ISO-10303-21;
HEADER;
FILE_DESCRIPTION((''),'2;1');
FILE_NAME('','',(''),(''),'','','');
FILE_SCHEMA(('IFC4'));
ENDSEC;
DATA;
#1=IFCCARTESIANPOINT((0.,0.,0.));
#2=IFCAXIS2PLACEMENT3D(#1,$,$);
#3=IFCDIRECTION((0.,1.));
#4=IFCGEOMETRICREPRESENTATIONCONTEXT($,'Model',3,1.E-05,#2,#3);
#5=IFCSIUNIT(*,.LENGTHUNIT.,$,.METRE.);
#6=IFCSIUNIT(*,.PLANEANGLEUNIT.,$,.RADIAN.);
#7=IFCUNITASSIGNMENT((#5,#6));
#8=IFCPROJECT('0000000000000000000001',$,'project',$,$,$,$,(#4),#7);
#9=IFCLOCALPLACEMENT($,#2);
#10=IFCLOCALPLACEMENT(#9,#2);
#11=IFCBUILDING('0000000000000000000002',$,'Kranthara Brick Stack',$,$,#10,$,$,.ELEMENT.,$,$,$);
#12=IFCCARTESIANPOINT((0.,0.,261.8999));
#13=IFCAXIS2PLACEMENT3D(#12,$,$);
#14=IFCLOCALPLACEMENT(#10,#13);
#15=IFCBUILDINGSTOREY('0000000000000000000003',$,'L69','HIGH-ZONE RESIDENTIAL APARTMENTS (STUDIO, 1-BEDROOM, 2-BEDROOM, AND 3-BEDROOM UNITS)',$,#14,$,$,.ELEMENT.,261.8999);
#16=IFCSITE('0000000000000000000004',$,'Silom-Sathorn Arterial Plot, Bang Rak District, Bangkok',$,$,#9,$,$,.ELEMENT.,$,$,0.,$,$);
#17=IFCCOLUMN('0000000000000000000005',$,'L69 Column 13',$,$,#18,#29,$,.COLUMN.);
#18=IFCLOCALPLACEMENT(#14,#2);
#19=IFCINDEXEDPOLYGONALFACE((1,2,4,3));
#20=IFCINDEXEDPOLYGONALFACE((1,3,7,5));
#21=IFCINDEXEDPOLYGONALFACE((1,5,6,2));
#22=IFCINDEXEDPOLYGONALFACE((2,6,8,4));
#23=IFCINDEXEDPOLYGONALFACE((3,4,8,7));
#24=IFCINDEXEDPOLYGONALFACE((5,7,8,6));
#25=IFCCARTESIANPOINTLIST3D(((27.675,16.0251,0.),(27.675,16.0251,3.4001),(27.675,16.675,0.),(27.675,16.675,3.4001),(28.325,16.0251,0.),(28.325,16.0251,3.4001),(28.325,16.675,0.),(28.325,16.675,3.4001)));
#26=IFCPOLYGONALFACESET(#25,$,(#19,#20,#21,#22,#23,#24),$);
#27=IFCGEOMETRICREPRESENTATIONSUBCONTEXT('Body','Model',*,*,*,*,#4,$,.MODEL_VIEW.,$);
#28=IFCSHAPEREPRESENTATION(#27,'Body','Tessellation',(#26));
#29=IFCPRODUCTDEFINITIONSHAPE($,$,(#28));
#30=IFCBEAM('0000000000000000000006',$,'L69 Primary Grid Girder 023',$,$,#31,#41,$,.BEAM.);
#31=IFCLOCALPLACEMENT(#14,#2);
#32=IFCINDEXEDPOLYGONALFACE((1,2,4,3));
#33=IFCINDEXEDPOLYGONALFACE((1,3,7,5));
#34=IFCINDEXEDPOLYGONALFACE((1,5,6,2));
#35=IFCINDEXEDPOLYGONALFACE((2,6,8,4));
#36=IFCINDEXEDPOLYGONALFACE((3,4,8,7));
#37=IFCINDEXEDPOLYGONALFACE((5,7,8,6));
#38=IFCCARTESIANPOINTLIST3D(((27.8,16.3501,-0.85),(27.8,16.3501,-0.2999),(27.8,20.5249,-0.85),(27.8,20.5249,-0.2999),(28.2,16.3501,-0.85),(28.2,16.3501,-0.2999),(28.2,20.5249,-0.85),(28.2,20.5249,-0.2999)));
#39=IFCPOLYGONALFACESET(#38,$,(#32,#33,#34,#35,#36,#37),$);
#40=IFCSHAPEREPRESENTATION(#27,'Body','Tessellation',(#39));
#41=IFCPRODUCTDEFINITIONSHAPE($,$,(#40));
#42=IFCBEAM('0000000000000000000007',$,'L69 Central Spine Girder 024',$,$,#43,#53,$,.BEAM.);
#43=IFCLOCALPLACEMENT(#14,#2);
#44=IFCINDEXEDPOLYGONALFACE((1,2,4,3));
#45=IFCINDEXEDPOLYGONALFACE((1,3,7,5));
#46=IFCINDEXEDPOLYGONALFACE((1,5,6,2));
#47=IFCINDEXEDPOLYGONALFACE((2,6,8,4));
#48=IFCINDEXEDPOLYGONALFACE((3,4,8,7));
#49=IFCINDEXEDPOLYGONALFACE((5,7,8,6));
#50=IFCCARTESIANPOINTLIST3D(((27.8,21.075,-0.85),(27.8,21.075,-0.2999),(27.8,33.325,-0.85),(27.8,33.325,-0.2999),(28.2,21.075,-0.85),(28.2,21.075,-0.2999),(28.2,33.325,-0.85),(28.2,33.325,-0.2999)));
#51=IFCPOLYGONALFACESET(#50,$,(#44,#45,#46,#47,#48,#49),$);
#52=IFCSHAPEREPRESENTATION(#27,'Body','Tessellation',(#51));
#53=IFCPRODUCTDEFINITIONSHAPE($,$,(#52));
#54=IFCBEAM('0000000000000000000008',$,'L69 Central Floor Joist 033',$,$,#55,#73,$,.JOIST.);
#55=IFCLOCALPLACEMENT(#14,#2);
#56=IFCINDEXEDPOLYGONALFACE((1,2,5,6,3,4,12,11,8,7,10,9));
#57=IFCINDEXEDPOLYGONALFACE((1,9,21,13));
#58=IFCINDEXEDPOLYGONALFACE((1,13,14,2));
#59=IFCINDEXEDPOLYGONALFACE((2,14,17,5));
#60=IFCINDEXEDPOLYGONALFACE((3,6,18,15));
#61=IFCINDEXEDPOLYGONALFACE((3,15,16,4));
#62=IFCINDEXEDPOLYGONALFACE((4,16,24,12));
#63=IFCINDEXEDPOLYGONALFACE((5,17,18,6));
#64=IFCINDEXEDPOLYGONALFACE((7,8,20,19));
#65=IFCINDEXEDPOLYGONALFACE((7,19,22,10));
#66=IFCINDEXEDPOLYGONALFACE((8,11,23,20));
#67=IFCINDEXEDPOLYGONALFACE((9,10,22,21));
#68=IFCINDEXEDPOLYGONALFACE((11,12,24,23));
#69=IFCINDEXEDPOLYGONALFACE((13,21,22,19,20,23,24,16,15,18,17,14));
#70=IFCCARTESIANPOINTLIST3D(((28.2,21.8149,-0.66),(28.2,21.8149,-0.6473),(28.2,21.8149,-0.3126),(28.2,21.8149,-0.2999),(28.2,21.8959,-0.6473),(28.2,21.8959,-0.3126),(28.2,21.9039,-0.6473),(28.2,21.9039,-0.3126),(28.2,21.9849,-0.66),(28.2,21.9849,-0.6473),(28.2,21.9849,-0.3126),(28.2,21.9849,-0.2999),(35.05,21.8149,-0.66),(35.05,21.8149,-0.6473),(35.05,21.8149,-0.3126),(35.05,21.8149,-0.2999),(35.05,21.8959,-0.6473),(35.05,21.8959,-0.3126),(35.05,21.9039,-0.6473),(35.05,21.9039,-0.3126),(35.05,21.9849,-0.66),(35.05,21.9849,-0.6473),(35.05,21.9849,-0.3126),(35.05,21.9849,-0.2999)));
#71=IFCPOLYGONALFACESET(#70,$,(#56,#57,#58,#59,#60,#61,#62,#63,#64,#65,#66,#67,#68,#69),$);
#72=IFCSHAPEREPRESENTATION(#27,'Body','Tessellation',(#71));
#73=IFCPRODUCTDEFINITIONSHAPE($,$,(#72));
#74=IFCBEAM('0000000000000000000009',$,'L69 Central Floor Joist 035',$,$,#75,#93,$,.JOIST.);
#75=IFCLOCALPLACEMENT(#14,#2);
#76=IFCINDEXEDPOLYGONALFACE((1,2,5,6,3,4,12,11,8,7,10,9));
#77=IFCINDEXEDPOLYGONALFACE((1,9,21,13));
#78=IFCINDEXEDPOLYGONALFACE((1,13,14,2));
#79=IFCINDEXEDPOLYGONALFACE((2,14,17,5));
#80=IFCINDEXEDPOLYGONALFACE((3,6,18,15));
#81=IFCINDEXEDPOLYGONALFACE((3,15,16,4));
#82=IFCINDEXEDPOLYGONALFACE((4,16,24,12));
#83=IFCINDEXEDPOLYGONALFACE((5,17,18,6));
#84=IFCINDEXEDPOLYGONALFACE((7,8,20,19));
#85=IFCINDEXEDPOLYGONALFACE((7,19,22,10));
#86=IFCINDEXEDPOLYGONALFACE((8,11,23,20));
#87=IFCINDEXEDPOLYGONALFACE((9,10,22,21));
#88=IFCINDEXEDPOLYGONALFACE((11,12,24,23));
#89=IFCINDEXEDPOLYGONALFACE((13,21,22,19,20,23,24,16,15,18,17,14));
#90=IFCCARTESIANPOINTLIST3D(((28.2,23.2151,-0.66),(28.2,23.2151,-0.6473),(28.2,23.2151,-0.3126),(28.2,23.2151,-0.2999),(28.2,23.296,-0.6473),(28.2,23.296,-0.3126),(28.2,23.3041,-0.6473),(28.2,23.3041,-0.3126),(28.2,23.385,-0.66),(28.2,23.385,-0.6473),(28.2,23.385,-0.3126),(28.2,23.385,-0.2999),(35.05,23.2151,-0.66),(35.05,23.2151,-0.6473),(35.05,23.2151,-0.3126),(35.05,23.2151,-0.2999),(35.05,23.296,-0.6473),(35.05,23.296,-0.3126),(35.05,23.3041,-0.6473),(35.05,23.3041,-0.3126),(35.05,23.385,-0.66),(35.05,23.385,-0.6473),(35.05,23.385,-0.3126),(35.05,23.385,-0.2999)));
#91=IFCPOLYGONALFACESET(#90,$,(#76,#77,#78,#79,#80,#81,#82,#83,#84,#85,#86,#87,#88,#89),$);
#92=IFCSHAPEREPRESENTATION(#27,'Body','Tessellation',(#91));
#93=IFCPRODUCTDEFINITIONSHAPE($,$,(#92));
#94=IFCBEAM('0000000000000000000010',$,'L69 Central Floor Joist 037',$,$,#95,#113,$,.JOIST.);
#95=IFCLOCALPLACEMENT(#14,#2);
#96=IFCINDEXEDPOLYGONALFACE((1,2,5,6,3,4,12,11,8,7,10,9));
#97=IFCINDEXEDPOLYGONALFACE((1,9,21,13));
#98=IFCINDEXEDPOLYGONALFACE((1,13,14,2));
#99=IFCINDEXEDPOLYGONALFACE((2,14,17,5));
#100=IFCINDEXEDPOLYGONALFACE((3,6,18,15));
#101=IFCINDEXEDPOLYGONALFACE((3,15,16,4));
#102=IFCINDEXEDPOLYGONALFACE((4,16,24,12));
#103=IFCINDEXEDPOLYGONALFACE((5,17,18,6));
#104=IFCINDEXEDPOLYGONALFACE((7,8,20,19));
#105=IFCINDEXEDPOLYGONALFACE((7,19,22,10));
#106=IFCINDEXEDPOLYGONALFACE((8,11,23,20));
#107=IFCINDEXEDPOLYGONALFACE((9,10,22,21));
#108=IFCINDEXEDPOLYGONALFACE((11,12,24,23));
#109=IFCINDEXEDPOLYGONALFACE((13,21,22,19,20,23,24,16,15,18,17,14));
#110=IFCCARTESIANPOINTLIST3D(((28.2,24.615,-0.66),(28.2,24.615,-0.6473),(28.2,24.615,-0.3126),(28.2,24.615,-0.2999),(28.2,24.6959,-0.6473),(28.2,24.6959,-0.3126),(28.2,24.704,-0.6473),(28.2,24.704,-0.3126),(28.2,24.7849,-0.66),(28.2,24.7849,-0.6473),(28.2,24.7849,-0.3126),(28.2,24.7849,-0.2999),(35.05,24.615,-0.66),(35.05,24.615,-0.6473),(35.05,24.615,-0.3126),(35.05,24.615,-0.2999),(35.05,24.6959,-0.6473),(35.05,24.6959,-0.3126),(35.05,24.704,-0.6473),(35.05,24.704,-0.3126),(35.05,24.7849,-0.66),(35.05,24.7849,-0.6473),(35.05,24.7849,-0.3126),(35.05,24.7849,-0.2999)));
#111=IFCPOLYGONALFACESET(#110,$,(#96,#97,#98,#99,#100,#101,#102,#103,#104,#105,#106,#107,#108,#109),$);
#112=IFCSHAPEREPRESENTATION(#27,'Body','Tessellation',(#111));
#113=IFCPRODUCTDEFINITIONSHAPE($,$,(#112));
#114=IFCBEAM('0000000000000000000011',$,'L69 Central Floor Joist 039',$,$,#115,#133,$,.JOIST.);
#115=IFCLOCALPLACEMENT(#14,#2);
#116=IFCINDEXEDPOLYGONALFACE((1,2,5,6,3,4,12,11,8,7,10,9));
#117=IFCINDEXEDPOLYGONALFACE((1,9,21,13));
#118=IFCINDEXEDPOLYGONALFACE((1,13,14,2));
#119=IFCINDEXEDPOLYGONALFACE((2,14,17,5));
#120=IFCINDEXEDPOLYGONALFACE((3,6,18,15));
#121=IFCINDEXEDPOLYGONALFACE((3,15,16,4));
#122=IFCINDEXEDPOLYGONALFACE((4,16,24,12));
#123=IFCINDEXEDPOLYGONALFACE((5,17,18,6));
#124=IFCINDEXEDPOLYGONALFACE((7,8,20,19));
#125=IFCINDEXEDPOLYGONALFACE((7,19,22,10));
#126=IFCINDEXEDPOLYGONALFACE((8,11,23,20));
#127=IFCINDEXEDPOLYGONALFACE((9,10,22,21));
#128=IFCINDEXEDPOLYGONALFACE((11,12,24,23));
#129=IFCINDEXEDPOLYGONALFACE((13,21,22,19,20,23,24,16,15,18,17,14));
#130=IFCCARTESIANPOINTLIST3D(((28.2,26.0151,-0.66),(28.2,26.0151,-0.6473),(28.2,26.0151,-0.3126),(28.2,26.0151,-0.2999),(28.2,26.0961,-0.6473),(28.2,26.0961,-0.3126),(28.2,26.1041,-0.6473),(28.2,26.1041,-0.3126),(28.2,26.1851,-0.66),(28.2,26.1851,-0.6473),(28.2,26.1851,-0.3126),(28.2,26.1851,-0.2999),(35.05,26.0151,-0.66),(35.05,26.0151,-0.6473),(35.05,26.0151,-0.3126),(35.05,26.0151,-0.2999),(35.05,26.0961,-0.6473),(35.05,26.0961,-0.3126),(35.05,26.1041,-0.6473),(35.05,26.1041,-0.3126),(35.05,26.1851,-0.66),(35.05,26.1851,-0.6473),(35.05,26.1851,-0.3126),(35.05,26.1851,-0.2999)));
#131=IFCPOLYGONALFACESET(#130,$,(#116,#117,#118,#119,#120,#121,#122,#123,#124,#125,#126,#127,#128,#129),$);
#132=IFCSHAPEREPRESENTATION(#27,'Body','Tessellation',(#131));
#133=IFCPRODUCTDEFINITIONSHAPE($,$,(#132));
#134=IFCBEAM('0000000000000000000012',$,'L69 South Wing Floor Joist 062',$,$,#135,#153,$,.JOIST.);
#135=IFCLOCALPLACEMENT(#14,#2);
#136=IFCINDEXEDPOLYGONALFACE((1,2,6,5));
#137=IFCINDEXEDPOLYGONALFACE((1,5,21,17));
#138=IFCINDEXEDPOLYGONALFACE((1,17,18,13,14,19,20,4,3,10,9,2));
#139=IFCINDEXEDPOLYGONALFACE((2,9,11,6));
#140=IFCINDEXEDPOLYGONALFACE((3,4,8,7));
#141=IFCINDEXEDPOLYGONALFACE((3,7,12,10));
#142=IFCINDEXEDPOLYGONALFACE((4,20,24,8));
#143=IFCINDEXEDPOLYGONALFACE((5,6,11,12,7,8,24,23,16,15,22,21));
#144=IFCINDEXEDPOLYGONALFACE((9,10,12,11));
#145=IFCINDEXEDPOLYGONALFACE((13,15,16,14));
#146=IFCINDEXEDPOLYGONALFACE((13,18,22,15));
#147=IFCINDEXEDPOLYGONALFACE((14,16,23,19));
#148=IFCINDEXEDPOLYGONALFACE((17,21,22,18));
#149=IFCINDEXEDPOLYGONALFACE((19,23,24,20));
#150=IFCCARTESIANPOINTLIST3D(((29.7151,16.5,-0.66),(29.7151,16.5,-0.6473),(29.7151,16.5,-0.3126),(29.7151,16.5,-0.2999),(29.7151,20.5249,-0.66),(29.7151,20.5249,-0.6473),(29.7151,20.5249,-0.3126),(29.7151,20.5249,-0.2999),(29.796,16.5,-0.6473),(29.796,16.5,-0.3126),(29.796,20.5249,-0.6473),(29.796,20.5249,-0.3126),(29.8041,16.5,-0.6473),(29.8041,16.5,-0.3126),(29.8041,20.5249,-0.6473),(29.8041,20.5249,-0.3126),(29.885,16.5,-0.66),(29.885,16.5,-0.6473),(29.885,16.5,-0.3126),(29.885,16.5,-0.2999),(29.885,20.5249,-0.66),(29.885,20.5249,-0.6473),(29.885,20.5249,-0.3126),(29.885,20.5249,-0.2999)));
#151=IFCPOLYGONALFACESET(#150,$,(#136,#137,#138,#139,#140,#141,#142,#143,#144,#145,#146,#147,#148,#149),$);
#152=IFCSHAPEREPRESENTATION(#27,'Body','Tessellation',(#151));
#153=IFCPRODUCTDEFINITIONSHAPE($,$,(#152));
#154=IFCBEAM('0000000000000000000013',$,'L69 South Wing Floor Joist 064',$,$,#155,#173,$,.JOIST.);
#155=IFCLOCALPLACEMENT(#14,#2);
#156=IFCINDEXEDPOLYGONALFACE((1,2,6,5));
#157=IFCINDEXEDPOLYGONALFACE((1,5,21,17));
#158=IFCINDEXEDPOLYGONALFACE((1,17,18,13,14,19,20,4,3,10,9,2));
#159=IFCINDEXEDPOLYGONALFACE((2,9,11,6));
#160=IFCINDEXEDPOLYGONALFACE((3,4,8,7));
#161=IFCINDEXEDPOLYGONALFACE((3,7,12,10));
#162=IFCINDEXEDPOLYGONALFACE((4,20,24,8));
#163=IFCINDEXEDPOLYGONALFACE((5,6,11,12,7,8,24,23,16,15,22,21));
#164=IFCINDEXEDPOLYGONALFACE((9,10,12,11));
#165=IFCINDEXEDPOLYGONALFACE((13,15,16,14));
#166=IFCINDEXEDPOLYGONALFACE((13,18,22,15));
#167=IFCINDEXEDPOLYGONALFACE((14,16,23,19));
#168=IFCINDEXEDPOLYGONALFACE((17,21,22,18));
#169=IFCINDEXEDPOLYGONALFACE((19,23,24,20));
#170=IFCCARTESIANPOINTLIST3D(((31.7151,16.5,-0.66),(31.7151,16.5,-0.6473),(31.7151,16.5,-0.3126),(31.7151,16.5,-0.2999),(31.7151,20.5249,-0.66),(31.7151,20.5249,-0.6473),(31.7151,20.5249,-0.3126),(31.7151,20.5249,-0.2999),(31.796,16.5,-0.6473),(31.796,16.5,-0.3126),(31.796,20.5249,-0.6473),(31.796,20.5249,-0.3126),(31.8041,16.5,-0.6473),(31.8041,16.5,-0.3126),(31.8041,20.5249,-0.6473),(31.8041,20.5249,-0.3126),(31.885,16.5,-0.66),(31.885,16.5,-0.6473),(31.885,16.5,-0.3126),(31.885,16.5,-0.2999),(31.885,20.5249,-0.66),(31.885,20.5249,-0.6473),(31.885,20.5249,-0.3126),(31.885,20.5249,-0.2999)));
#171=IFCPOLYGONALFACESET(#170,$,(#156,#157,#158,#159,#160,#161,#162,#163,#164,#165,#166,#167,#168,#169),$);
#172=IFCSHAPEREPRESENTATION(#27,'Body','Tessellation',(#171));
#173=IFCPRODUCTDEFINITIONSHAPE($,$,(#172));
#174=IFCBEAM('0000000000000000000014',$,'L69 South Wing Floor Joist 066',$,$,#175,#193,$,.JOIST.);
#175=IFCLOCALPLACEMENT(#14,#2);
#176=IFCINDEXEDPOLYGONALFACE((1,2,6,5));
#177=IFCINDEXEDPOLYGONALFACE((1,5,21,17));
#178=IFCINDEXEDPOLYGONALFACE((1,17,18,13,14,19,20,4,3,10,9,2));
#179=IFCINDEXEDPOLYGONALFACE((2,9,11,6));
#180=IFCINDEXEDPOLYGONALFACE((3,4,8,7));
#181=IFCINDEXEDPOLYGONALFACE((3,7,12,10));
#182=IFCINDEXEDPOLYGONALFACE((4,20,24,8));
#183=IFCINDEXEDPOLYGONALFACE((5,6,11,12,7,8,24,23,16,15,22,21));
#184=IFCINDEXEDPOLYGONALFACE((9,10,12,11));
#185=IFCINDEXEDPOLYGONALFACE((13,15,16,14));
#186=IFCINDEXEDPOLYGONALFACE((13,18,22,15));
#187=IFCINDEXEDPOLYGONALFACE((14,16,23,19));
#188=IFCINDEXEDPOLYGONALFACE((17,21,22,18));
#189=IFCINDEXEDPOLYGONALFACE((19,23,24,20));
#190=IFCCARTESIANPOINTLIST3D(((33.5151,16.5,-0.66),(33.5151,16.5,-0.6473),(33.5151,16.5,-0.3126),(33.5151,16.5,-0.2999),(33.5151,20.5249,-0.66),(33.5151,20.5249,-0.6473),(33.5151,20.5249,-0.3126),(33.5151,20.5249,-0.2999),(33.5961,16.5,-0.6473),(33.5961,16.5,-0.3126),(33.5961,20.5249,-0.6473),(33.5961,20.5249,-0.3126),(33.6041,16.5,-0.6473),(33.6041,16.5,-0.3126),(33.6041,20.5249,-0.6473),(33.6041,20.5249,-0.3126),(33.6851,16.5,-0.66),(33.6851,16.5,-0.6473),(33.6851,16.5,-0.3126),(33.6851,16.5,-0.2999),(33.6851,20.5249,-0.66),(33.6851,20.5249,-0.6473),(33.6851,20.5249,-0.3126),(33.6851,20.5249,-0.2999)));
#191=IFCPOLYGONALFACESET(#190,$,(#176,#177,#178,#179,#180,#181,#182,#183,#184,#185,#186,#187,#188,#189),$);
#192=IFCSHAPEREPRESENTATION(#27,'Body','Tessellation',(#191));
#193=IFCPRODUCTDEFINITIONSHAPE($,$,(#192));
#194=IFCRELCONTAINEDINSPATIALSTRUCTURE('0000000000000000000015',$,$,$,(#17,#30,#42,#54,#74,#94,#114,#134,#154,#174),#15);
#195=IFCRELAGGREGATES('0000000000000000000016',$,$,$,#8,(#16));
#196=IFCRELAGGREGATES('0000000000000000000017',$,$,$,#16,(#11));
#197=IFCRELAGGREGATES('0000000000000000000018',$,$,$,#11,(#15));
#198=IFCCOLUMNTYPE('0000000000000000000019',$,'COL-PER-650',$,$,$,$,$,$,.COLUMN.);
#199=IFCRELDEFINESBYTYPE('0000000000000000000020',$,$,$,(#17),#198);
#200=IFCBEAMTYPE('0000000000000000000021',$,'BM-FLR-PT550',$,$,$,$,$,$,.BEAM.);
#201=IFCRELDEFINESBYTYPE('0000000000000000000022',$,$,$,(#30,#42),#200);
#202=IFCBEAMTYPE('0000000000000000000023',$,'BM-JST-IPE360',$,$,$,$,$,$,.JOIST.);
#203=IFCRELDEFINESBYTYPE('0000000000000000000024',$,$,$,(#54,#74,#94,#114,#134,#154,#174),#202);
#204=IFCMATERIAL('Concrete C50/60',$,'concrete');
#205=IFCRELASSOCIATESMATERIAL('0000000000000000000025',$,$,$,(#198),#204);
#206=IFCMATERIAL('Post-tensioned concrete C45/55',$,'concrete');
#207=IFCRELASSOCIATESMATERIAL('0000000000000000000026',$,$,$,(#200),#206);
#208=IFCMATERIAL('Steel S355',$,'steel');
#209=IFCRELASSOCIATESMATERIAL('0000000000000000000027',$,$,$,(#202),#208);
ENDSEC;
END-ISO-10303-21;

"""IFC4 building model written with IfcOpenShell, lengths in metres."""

from ifc_helpers import new_model, si_unit, direction, frame, origin, origin_2d, place, context, subcontext, project, spatial, rectangle, i_section, extrude, material, material_profile, profile_set, type_object, element, save


model = new_model("IFC4")

# Units and contexts
model_context = context("Model", 3, precision=1e-05, world=origin(), true_north=direction((0.0, 1.0)))
body_context = subcontext(model_context, "Body", "Model", "MODEL_VIEW")
ifc_project = project(units=[si_unit("LENGTHUNIT", "METRE"), si_unit("PLANEANGLEUNIT", "RADIAN")], contexts=[model_context])

# Site, building, storey
site_placement = place(None, origin())
site = spatial("IfcSite", under=ifc_project, at=site_placement, Name="Silom-Sathorn Arterial Plot, Bang Rak District, Bangkok", CompositionType="ELEMENT", RefElevation=0.0)
building_placement = place(site_placement, origin())
building = spatial("IfcBuilding", under=site, at=building_placement, Name="Kranthara Brick Stack", CompositionType="ELEMENT")
storey_placement = place(building_placement, frame((0.0, 0.0, 261.8999)))
storey = spatial("IfcBuildingStorey", under=building, at=storey_placement, Name="L69", Description="HIGH-ZONE RESIDENTIAL APARTMENTS (STUDIO, 1-BEDROOM, 2-BEDROOM, AND 3-BEDROOM UNITS)", CompositionType="ELEMENT", Elevation=261.8999)

# Column
ifc_material_1 = material(Name="Concrete C50/60", Category="concrete")
ifc_material_profile_1 = material_profile(ifc_material_1, rectangle(XDim=0.6499, YDim=0.6499, at=origin_2d()), Name="RC 650x650")
ifc_profile_set_1 = profile_set([ifc_material_profile_1], Name="Concrete C50/60")
column_type = type_object("IfcColumnType", Name="COL-PER-650", PredefinedType="COLUMN", material=ifc_profile_set_1)
column_placement = place(storey_placement, frame((28.0, 16.3501, 0.0), z_axis=(0.0, 0.0, 1.0), x_axis=(1.0, 0.0, 0.0)))
element("IfcColumn", 1, at=column_placement, inside=storey, type_object=column_type, Name="L69 Column 13", PredefinedType="COLUMN", context=body_context, shape_type="SweptSolid", body=[
    extrude(rectangle(XDim=0.6499, YDim=0.6499, at=origin_2d()), origin(), (0.0, 0.0, 1.0), 3.4001),
])

# Beams
ifc_material_2 = material(Name="Post-tensioned concrete C45/55", Category="concrete")
ifc_material_profile_2 = material_profile(ifc_material_2, rectangle(XDim=0.3999, YDim=0.55, at=origin_2d()), Name="PT 400x550")
ifc_profile_set_2 = profile_set([ifc_material_profile_2], Name="Post-tensioned concrete C45/55")
beam_type_1 = type_object("IfcBeamType", Name="BM-FLR-PT550", PredefinedType="BEAM", material=ifc_profile_set_2)
beam_1_placement = place(storey_placement, frame((28.0, 16.3501, -0.575), z_axis=(0.0, 1.0, 0.0), x_axis=(-1.0, 0.0, 0.0)))
element("IfcBeam", 2, at=beam_1_placement, inside=storey, type_object=beam_type_1, Name="L69 Primary Grid Girder 023", PredefinedType="BEAM", context=body_context, shape_type="SweptSolid", body=[
    extrude(rectangle(XDim=0.3999, YDim=0.55, at=origin_2d()), origin(), (0.0, 0.0, 1.0), 4.1748),
])
beam_2_placement = place(storey_placement, frame((28.0, 21.075, -0.575), z_axis=(0.0, 1.0, 0.0), x_axis=(-1.0, 0.0, 0.0)))
element("IfcBeam", 3, at=beam_2_placement, inside=storey, type_object=beam_type_1, Name="L69 Central Spine Girder 024", PredefinedType="BEAM", context=body_context, shape_type="SweptSolid", body=[
    extrude(rectangle(XDim=0.3999, YDim=0.55, at=origin_2d()), origin(), (0.0, 0.0, 1.0), 12.25),
])
ifc_material_3 = material(Name="Steel S355", Category="steel")
ifc_material_profile_3 = material_profile(ifc_material_3, i_section(OverallWidth=0.1699, OverallDepth=0.3601, WebThickness=0.0081, FlangeThickness=0.0127, at=origin_2d()), Name="IPE 360")
ifc_profile_set_3 = profile_set([ifc_material_profile_3], Name="Steel S355")
beam_type_2 = type_object("IfcBeamType", Name="BM-JST-IPE360", PredefinedType="JOIST", material=ifc_profile_set_3)
for number, where, z_axis, x_axis, name in (
    (4, (28.2, 21.8999, -0.48), (1.0, 0.0, 0.0), (0.0, 1.0, 0.0), "L69 Central Floor Joist 033"),
    (5, (28.2, 23.3, -0.48), (1.0, 0.0, 0.0), (0.0, 1.0, 0.0), "L69 Central Floor Joist 035"),
    (6, (28.2, 24.7, -0.48), (1.0, 0.0, 0.0), (0.0, 1.0, 0.0), "L69 Central Floor Joist 037"),
    (7, (28.2, 26.1001, -0.48), (1.0, 0.0, 0.0), (0.0, 1.0, 0.0), "L69 Central Floor Joist 039"),
):
    element("IfcBeam", number, at=place(storey_placement, frame(where, z_axis=z_axis, x_axis=x_axis)), inside=storey, type_object=beam_type_2, Name=name, PredefinedType="JOIST", context=body_context, shape_type="SweptSolid", body=[
        extrude(i_section(OverallWidth=0.1699, OverallDepth=0.3601, WebThickness=0.0081, FlangeThickness=0.0127, at=origin_2d()), origin(), (0.0, 0.0, 1.0), 6.8501),
    ])
for number, where, z_axis, x_axis, name in (
    (8, (29.8, 16.5, -0.48), (0.0, 1.0, 0.0), (-1.0, 0.0, 0.0), "L69 South Wing Floor Joist 062"),
    (9, (31.8, 16.5, -0.48), (0.0, 1.0, 0.0), (-1.0, 0.0, 0.0), "L69 South Wing Floor Joist 064"),
    (10, (33.6001, 16.5, -0.48), (0.0, 1.0, 0.0), (-1.0, 0.0, 0.0), "L69 South Wing Floor Joist 066"),
):
    element("IfcBeam", number, at=place(storey_placement, frame(where, z_axis=z_axis, x_axis=x_axis)), inside=storey, type_object=beam_type_2, Name=name, PredefinedType="JOIST", context=body_context, shape_type="SweptSolid", body=[
        extrude(i_section(OverallWidth=0.1699, OverallDepth=0.3601, WebThickness=0.0081, FlangeThickness=0.0127, at=origin_2d()), origin(), (0.0, 0.0, 1.0), 4.0249),
    ])

save(model, "model.ifc")
